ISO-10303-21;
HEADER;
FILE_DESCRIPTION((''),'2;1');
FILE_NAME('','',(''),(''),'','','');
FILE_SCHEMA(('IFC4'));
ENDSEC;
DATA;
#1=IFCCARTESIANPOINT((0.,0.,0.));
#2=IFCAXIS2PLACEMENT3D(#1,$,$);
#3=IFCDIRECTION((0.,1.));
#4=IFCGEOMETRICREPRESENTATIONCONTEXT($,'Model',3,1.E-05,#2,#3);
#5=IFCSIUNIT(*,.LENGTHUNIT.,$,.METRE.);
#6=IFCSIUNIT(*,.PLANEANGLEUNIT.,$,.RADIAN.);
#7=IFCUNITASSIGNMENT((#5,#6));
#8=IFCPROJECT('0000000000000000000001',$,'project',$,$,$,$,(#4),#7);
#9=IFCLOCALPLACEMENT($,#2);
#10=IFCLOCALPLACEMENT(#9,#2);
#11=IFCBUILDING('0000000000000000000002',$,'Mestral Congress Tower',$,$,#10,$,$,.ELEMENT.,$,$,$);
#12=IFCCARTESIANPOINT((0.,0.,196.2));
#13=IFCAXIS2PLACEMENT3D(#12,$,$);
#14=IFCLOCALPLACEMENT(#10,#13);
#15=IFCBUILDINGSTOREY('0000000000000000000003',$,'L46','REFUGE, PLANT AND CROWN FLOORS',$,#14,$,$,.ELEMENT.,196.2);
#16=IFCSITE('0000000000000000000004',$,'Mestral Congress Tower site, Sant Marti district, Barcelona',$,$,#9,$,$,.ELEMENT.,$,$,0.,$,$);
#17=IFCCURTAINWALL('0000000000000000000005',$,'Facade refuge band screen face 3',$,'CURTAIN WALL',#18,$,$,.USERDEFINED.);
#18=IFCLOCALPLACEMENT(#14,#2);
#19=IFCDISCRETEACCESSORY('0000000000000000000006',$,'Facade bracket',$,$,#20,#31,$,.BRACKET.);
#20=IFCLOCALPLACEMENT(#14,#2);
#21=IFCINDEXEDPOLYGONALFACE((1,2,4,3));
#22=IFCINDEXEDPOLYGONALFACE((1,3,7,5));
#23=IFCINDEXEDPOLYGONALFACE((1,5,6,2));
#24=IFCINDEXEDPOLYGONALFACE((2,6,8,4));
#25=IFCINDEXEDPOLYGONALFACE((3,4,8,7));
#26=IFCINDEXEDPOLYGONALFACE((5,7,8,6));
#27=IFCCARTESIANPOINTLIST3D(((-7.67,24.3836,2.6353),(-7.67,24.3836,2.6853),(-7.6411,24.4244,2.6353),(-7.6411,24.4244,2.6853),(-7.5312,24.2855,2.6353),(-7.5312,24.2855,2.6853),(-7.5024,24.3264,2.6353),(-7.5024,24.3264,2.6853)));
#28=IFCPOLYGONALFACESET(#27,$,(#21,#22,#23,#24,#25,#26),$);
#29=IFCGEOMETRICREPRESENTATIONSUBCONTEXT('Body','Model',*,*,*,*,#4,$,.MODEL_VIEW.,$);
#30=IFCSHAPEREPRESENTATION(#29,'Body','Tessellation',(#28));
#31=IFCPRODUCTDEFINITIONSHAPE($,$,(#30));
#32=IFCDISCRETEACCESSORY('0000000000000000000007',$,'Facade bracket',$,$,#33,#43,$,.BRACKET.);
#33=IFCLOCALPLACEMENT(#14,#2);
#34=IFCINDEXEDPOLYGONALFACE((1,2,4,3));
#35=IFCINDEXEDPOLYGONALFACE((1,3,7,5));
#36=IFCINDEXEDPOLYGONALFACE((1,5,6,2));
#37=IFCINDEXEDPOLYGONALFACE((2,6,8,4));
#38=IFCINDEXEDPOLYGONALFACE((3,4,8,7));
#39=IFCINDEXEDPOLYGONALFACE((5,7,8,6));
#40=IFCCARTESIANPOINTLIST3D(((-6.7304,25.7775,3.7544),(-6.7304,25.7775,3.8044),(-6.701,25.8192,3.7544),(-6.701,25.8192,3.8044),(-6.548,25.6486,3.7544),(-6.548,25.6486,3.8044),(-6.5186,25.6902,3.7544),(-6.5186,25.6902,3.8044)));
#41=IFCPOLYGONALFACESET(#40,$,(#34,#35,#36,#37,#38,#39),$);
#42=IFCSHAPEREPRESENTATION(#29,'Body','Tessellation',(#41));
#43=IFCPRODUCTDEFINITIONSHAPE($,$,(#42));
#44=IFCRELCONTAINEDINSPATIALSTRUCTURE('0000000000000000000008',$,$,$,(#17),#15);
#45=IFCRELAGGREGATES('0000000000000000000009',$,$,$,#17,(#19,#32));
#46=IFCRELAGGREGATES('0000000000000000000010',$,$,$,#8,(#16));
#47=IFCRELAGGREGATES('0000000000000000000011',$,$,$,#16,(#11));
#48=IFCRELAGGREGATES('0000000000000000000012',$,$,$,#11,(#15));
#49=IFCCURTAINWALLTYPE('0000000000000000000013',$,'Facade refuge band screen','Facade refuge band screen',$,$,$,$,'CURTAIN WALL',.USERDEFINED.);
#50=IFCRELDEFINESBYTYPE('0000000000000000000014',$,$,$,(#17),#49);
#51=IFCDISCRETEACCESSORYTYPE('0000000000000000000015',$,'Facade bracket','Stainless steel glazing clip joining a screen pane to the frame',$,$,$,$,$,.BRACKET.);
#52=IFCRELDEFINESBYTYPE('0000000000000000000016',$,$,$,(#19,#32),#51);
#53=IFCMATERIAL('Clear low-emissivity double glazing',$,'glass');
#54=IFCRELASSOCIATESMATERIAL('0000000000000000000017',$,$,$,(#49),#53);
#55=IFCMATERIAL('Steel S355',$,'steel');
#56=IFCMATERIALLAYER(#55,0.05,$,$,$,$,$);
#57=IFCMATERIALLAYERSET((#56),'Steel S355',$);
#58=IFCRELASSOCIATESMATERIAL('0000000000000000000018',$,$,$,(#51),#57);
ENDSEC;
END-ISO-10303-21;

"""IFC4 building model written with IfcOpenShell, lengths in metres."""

from ifc_helpers import new_model, si_unit, direction, frame, origin, origin_2d, place, context, subcontext, project, spatial, rectangle, extrude, material, layer, layer_set, type_object, element, aggregate, save


model = new_model("IFC4")

# Units and contexts
model_context = context("Model", 3, precision=1e-05, world=origin(), true_north=direction((0.0, 1.0)))
body_context = subcontext(model_context, "Body", "Model", "MODEL_VIEW")
ifc_project = project(units=[si_unit("LENGTHUNIT", "METRE"), si_unit("PLANEANGLEUNIT", "RADIAN")], contexts=[model_context])

# Site, building, storey
site_placement = place(None, origin())
site = spatial("IfcSite", under=ifc_project, at=site_placement, Name="Mestral Congress Tower site, Sant Marti district, Barcelona", CompositionType="ELEMENT", RefElevation=0.0)
building_placement = place(site_placement, origin())
building = spatial("IfcBuilding", under=site, at=building_placement, Name="Mestral Congress Tower", CompositionType="ELEMENT")
storey_placement = place(building_placement, frame((0.0, 0.0, 196.2)))
storey = spatial("IfcBuildingStorey", under=building, at=storey_placement, Name="L46", Description="REFUGE, PLANT AND CROWN FLOORS", CompositionType="ELEMENT", Elevation=196.2)

# Shared definitions
ifc_material_1 = material(Name="Steel S355", Category="steel")

# Curtain wall
ifc_material_2 = material(Name="Clear low-emissivity double glazing", Category="glass")
curtain_wall_type = type_object("IfcCurtainWallType", Name="Facade refuge band screen", Description="Facade refuge band screen", ElementType="CURTAIN WALL", PredefinedType="USERDEFINED", material=ifc_material_2)
placement = place(storey_placement, origin())
curtain_wall_1 = element("IfcCurtainWall", 1, at=placement, inside=storey, type_object=curtain_wall_type, Name="Facade refuge band screen face 3", ObjectType="CURTAIN WALL", PredefinedType="USERDEFINED")

# Discrete accessories
ifc_layer_1 = layer(ifc_material_1, 0.05)
ifc_layer_set_1 = layer_set([ifc_layer_1], Name="Steel S355")
discrete_accessory_type = type_object("IfcDiscreteAccessoryType", Name="Facade bracket", Description="Stainless steel glazing clip joining a screen pane to the frame", PredefinedType="BRACKET", material=ifc_layer_set_1)
discrete_accessory_1_placement = place(storey_placement, frame((-7.5862, 24.355, 2.6353), z_axis=(0.0, 0.0, 1.0), x_axis=(-0.577087, -0.816683, 0.0)))
discrete_accessory_1 = element("IfcDiscreteAccessory", 2, at=discrete_accessory_1_placement, type_object=discrete_accessory_type, Name="Facade bracket", PredefinedType="BRACKET", context=body_context, shape_type="SweptSolid", body=[
    extrude(rectangle(XDim=0.05, YDim=0.1699, at=origin_2d()), origin(), (0.0, 0.0, 1.0), 0.05),
])
discrete_accessory_2_placement = place(storey_placement, frame((-6.6245, 25.7339, 3.7544), z_axis=(0.0, 0.0, 1.0), x_axis=(-0.577234, -0.816579, 0.0)))
discrete_accessory_2 = element("IfcDiscreteAccessory", 3, at=discrete_accessory_2_placement, type_object=discrete_accessory_type, Name="Facade bracket", PredefinedType="BRACKET", context=body_context, shape_type="SweptSolid", body=[
    extrude(rectangle(XDim=0.051, YDim=0.2234, at=origin_2d()), origin(), (0.0, 0.0, 1.0), 0.05),
])
aggregate(curtain_wall_1, [discrete_accessory_1, discrete_accessory_2])

save(model, "model.ifc")
